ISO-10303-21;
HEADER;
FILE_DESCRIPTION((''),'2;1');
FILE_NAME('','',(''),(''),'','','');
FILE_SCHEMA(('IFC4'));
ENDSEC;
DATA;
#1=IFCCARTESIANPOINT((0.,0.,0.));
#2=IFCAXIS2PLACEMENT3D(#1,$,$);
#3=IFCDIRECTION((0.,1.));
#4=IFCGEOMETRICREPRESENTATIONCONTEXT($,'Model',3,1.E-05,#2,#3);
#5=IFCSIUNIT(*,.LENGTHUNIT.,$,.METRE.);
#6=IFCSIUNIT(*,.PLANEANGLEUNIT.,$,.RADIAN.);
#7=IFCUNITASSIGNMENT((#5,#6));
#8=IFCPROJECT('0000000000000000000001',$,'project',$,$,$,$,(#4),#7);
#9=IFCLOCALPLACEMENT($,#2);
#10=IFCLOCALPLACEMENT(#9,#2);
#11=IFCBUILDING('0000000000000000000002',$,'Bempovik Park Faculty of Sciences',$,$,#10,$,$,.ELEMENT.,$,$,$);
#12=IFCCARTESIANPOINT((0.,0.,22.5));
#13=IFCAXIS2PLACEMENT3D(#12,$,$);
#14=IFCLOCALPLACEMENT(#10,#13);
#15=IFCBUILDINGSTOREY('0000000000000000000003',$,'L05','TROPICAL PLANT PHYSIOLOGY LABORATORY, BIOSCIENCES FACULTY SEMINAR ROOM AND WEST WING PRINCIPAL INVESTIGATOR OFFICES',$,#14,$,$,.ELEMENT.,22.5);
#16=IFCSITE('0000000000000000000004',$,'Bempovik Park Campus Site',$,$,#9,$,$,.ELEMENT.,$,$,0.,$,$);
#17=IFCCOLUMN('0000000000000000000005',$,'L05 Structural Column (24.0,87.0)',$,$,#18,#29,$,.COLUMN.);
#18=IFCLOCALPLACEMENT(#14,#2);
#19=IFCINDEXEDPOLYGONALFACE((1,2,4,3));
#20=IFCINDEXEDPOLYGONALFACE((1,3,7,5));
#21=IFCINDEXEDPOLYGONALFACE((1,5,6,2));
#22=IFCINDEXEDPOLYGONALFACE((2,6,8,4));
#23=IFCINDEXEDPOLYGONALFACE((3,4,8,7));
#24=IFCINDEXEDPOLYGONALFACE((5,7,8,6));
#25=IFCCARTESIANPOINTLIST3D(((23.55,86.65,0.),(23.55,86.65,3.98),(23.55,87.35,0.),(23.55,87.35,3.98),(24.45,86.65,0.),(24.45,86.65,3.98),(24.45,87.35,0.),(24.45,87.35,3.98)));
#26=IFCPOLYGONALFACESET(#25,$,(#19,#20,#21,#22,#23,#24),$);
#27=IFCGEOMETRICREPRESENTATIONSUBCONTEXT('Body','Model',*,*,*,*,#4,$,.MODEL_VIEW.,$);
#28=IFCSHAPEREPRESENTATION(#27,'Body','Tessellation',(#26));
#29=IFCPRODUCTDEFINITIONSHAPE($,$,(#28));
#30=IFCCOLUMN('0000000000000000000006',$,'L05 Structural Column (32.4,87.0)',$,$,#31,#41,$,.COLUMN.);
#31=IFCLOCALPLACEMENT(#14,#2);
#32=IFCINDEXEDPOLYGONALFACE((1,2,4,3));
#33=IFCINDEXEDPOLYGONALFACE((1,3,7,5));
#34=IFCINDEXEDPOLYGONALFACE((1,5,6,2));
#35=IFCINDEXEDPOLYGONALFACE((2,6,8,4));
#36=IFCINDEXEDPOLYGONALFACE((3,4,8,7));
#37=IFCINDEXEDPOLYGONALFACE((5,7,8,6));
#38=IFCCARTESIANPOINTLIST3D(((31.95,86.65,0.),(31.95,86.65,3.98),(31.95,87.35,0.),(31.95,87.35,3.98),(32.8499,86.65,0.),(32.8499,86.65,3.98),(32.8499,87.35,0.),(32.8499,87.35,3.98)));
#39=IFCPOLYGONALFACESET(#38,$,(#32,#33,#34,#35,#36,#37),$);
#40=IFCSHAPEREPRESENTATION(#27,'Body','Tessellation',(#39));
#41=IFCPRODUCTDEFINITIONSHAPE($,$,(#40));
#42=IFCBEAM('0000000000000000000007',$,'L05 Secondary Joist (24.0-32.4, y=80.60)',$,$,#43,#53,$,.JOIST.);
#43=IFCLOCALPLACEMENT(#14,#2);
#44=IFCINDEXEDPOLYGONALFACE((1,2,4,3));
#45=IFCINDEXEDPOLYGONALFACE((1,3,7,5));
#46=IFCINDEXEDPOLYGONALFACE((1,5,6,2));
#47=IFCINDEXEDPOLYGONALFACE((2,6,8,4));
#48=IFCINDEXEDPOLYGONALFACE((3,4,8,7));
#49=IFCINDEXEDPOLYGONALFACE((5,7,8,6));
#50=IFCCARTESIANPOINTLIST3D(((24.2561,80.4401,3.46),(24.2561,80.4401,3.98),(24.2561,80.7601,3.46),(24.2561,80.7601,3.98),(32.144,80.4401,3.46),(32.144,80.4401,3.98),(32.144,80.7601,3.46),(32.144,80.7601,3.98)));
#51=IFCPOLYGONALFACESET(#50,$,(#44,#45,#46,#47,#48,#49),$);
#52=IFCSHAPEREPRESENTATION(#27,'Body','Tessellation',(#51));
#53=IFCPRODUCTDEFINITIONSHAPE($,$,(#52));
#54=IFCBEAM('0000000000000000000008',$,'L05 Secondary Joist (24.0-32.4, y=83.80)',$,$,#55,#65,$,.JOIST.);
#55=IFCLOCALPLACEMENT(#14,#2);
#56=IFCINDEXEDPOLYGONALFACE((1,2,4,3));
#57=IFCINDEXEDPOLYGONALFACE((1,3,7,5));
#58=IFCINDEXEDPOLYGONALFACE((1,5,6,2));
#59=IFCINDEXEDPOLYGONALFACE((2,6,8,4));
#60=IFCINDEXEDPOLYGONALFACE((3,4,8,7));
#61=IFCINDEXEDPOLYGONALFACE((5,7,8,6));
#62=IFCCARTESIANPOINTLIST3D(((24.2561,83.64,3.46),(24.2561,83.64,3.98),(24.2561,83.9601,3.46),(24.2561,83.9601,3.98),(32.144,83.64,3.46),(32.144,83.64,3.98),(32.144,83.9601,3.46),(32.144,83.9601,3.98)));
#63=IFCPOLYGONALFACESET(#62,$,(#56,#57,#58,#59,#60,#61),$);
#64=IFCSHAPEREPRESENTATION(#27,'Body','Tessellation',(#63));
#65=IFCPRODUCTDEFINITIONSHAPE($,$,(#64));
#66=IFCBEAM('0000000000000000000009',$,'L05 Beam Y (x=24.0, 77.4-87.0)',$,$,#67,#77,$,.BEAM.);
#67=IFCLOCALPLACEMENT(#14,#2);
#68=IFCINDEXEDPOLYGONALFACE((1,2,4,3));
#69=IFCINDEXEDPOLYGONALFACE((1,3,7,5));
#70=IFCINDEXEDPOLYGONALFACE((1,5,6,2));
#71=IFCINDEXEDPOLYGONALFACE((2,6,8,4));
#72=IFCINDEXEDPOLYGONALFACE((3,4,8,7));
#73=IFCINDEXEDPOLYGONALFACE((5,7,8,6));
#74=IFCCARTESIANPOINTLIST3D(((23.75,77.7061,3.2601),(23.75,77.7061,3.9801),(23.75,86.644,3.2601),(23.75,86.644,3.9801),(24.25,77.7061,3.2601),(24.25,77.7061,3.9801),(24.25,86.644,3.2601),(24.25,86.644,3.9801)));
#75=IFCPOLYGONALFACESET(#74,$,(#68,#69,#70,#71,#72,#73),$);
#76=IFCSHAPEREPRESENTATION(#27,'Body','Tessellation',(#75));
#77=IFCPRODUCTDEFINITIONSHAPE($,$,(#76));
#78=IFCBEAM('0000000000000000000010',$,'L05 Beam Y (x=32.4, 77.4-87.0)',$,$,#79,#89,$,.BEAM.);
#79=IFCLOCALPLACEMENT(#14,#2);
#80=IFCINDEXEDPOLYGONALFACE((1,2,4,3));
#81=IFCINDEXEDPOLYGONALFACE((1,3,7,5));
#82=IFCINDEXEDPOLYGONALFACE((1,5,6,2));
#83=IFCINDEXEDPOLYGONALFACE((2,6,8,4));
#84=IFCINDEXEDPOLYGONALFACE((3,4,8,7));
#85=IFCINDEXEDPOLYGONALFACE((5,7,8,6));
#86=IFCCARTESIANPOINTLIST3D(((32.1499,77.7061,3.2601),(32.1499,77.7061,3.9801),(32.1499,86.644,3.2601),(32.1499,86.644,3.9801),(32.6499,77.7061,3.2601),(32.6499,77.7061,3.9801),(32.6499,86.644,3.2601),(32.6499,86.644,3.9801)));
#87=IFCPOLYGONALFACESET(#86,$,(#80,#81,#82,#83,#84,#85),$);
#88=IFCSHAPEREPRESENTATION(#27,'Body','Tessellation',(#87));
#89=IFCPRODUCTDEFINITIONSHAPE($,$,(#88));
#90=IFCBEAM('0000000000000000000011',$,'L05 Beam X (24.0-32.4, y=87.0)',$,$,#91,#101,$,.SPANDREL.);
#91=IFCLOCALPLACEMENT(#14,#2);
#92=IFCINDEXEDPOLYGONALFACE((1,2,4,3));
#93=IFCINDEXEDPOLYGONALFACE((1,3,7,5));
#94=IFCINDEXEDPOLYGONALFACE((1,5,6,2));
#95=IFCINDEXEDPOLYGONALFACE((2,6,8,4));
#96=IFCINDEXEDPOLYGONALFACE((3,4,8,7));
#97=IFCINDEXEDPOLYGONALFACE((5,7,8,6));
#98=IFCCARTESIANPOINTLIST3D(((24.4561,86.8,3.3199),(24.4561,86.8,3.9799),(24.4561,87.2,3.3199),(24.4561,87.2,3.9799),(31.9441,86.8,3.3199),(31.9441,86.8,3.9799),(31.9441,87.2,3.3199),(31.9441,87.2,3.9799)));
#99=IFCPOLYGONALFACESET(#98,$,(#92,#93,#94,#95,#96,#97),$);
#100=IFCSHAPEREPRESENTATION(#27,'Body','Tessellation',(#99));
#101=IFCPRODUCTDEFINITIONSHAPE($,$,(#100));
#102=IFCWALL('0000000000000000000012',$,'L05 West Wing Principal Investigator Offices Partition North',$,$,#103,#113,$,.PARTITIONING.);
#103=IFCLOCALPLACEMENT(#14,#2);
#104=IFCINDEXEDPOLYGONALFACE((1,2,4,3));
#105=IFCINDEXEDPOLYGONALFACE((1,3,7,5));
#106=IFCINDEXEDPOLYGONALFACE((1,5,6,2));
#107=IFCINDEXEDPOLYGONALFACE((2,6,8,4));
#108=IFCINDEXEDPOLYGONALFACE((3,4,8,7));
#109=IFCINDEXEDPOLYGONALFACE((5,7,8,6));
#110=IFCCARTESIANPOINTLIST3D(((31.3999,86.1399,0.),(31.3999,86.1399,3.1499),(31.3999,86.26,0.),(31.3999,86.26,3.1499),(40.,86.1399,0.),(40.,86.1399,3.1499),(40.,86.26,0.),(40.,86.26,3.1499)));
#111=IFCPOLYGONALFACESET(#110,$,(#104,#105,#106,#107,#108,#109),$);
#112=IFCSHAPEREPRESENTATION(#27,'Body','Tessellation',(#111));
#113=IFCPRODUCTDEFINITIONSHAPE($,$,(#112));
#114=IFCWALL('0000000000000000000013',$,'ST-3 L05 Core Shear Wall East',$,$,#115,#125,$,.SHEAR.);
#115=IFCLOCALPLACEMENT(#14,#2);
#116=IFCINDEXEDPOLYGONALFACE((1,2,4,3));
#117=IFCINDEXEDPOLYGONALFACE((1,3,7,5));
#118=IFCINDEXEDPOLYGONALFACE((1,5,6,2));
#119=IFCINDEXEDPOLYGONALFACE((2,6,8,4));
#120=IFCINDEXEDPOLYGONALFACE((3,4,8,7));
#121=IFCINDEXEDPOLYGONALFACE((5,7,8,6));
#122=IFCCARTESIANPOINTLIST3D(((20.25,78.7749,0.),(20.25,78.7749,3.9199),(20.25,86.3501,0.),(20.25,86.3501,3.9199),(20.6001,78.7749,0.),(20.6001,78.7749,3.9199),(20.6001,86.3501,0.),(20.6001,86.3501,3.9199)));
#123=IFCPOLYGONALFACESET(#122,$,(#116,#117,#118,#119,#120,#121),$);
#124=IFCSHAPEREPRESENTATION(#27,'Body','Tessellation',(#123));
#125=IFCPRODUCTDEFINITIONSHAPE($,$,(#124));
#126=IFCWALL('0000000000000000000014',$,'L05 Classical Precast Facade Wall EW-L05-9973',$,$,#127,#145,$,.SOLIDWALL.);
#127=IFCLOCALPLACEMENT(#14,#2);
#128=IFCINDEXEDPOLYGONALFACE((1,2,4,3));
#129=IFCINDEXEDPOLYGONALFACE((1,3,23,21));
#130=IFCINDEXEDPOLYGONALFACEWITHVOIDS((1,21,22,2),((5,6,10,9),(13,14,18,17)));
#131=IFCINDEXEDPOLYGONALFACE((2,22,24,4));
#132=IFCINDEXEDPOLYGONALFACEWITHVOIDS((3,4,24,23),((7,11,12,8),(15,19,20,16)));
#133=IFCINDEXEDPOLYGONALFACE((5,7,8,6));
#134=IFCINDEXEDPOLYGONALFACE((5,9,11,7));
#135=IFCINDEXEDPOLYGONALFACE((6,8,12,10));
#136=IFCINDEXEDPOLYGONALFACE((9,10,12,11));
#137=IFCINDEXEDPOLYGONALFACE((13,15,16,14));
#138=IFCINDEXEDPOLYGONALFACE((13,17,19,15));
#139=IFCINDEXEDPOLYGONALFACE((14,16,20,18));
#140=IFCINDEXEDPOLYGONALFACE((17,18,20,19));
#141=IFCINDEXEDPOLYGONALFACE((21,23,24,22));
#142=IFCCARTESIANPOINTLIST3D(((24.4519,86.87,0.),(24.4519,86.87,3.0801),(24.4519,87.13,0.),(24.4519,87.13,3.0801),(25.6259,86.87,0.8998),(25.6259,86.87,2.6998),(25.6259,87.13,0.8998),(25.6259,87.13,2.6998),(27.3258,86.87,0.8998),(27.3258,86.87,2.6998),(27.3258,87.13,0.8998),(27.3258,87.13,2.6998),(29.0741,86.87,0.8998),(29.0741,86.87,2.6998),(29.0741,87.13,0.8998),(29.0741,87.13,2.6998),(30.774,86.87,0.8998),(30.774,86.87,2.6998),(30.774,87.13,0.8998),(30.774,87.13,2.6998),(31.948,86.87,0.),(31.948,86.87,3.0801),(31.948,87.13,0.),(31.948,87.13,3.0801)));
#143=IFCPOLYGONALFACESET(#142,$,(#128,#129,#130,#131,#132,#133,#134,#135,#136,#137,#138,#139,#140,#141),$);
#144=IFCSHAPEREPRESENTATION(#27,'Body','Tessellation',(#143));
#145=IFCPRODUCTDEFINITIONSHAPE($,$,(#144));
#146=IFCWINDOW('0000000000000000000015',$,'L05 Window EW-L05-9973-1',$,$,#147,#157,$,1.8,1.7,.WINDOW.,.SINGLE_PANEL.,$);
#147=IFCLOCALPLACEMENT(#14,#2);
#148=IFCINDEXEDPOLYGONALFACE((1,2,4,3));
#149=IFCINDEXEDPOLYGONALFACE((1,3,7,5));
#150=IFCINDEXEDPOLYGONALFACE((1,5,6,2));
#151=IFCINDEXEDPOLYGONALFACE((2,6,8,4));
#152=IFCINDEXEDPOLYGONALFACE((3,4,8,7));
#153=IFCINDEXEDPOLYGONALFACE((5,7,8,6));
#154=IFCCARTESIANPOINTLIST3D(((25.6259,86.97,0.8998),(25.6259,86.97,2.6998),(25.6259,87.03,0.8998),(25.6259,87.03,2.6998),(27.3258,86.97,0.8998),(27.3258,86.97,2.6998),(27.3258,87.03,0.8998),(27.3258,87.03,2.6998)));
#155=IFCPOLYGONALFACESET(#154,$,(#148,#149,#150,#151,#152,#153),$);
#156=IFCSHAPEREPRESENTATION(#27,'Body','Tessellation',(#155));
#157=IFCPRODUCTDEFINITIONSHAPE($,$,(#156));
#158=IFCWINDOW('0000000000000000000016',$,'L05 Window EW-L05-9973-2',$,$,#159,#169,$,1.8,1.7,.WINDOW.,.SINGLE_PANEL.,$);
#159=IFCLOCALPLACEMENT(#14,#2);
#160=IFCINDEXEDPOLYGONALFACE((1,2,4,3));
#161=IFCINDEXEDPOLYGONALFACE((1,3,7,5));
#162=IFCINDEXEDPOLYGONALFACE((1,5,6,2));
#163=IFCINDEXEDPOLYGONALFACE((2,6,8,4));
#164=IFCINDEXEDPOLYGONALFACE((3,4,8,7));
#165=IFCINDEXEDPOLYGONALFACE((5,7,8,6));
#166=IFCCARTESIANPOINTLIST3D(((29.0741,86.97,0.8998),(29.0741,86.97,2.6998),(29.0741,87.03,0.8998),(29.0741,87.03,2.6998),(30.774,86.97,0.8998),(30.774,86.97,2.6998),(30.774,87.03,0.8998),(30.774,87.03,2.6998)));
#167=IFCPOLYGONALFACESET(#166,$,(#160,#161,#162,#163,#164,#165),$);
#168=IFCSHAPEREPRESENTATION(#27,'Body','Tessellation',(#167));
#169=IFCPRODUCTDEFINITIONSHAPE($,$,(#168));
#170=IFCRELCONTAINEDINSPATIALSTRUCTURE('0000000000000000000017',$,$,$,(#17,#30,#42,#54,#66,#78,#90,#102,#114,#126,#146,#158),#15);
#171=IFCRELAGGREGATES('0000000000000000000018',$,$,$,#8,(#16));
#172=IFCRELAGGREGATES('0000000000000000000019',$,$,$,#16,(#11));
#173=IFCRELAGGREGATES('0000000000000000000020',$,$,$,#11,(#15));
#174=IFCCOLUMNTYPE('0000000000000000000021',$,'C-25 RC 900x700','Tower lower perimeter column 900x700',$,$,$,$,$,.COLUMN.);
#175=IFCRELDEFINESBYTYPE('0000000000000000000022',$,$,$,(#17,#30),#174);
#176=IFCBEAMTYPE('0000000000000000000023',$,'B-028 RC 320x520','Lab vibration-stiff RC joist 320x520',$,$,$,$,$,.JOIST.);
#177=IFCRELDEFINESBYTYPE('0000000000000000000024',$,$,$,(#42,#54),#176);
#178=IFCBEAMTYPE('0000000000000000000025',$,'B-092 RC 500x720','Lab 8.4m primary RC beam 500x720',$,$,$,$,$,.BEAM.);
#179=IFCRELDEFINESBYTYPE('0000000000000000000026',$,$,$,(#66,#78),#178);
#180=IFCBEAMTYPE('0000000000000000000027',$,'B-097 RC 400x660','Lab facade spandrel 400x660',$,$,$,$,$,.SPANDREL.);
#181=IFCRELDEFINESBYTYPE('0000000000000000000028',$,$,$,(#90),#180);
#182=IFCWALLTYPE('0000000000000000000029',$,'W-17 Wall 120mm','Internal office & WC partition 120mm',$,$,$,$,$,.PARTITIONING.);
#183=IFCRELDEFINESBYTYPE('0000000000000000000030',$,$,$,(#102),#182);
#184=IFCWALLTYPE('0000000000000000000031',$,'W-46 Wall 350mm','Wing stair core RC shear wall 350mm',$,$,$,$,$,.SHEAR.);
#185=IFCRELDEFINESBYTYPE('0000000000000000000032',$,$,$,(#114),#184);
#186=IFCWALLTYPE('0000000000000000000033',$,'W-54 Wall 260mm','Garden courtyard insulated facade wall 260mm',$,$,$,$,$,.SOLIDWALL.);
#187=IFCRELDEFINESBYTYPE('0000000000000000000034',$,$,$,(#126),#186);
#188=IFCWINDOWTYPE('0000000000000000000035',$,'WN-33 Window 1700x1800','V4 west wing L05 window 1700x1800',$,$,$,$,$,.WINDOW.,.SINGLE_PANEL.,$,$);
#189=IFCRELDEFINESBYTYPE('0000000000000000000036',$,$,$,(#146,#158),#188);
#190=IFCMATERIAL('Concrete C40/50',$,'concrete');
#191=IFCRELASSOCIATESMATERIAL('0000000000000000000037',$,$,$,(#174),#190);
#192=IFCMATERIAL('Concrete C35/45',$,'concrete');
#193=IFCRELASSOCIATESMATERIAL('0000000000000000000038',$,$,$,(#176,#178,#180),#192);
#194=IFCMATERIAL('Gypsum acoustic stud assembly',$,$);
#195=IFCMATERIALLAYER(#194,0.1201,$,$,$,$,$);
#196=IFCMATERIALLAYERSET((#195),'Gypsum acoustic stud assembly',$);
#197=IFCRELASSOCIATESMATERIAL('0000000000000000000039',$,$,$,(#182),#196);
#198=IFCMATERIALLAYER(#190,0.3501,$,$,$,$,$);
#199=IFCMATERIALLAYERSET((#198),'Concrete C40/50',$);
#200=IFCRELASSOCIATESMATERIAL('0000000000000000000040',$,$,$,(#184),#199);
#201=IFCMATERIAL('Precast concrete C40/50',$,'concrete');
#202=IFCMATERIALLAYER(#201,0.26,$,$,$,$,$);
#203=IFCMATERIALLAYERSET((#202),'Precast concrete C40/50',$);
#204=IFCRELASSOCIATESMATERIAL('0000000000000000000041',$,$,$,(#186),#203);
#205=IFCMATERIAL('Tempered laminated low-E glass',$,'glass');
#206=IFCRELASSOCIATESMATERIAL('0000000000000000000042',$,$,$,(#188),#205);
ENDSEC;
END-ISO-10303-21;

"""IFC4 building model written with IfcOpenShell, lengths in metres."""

from ifc_helpers import new_model, si_unit, direction, frame, frame_2d, origin, origin_2d, place, context, subcontext, project, spatial, rectangle, extrude, material, layer, layer_set, material_profile, profile_set, type_object, element, fill, save


model = new_model("IFC4")

# Units and contexts
model_context = context("Model", 3, precision=1e-05, world=origin(), true_north=direction((0.0, 1.0)))
body_context = subcontext(model_context, "Body", "Model", "MODEL_VIEW")
ifc_project = project(units=[si_unit("LENGTHUNIT", "METRE"), si_unit("PLANEANGLEUNIT", "RADIAN")], contexts=[model_context])

# Site, building, storey
site_placement = place(None, origin())
site = spatial("IfcSite", under=ifc_project, at=site_placement, Name="Bempovik Park Campus Site", CompositionType="ELEMENT", RefElevation=0.0)
building_placement = place(site_placement, origin())
building = spatial("IfcBuilding", under=site, at=building_placement, Name="Bempovik Park Faculty of Sciences", CompositionType="ELEMENT")
storey_placement = place(building_placement, frame((0.0, 0.0, 22.5)))
storey = spatial("IfcBuildingStorey", under=building, at=storey_placement, Name="L05", Description="TROPICAL PLANT PHYSIOLOGY LABORATORY, BIOSCIENCES FACULTY SEMINAR ROOM AND WEST WING PRINCIPAL INVESTIGATOR OFFICES", CompositionType="ELEMENT", Elevation=22.5)

# Columns
ifc_material_1 = material(Name="Concrete C40/50", Category="concrete")
ifc_material_profile_1 = material_profile(ifc_material_1, rectangle(XDim=0.8999, YDim=0.7, at=origin_2d()), Name="RC 900x700")
ifc_profile_set_1 = profile_set([ifc_material_profile_1], Name="Concrete C40/50")
column_type = type_object("IfcColumnType", Name="C-25 RC 900x700", Description="Tower lower perimeter column 900x700", PredefinedType="COLUMN", material=ifc_profile_set_1)
for number, where, z_axis, x_axis, name in (
    (1, (24.0, 87.0, 0.0), (0.0, 0.0, 1.0), (1.0, 0.0, 0.0), "L05 Structural Column (24.0,87.0)"),
    (2, (32.3999, 87.0, 0.0), (0.0, 0.0, 1.0), (1.0, 0.0, 0.0), "L05 Structural Column (32.4,87.0)"),
):
    element("IfcColumn", number, at=place(storey_placement, frame(where, z_axis=z_axis, x_axis=x_axis)), inside=storey, type_object=column_type, Name=name, PredefinedType="COLUMN", context=body_context, shape_type="SweptSolid", body=[
        extrude(rectangle(XDim=0.8999, YDim=0.7, at=origin_2d()), origin(), (0.0, 0.0, 1.0), 3.98),
    ])

# Beams
ifc_material_2 = material(Name="Concrete C35/45", Category="concrete")
ifc_material_profile_2 = material_profile(ifc_material_2, rectangle(XDim=0.3201, YDim=0.52, at=origin_2d()), Name="RC 320x520")
ifc_profile_set_2 = profile_set([ifc_material_profile_2], Name="Concrete C35/45")
beam_type_1 = type_object("IfcBeamType", Name="B-028 RC 320x520", Description="Lab vibration-stiff RC joist 320x520", PredefinedType="JOIST", material=ifc_profile_set_2)
for number, where, z_axis, x_axis, name in (
    (3, (24.2561, 80.6001, 3.72), (1.0, 0.0, 0.0), (0.0, 1.0, 0.0), "L05 Secondary Joist (24.0-32.4, y=80.60)"),
    (4, (24.2561, 83.8, 3.72), (1.0, 0.0, 0.0), (0.0, 1.0, 0.0), "L05 Secondary Joist (24.0-32.4, y=83.80)"),
):
    element("IfcBeam", number, at=place(storey_placement, frame(where, z_axis=z_axis, x_axis=x_axis)), inside=storey, type_object=beam_type_1, Name=name, PredefinedType="JOIST", context=body_context, shape_type="SweptSolid", body=[
        extrude(rectangle(XDim=0.3201, YDim=0.52, at=origin_2d()), origin(), (0.0, 0.0, 1.0), 7.8879),
    ])
ifc_material_profile_3 = material_profile(ifc_material_2, rectangle(XDim=0.5, YDim=0.72, at=origin_2d()), Name="RC 500x720")
ifc_profile_set_3 = profile_set([ifc_material_profile_3], Name="Concrete C35/45")
beam_type_2 = type_object("IfcBeamType", Name="B-092 RC 500x720", Description="Lab 8.4m primary RC beam 500x720", PredefinedType="BEAM", material=ifc_profile_set_3)
for number, where, z_axis, x_axis, name in (
    (5, (24.0, 77.7061, 3.6201), (0.0, 1.0, 0.0), (-1.0, 0.0, 0.0), "L05 Beam Y (x=24.0, 77.4-87.0)"),
    (6, (32.3999, 77.7061, 3.6201), (0.0, 1.0, 0.0), (-1.0, 0.0, 0.0), "L05 Beam Y (x=32.4, 77.4-87.0)"),
):
    element("IfcBeam", number, at=place(storey_placement, frame(where, z_axis=z_axis, x_axis=x_axis)), inside=storey, type_object=beam_type_2, Name=name, PredefinedType="BEAM", context=body_context, shape_type="SweptSolid", body=[
        extrude(rectangle(XDim=0.5, YDim=0.72, at=origin_2d()), origin(), (0.0, 0.0, 1.0), 8.938),
    ])
ifc_material_profile_4 = material_profile(ifc_material_2, rectangle(XDim=0.3999, YDim=0.6599, at=origin_2d()), Name="RC 400x660")
ifc_profile_set_4 = profile_set([ifc_material_profile_4], Name="Concrete C35/45")
beam_type_3 = type_object("IfcBeamType", Name="B-097 RC 400x660", Description="Lab facade spandrel 400x660", PredefinedType="SPANDREL", material=ifc_profile_set_4)
beam_placement = place(storey_placement, frame((24.4561, 87.0, 3.6499), z_axis=(1.0, 0.0, 0.0), x_axis=(0.0, 1.0, 0.0)))
element("IfcBeam", 7, at=beam_placement, inside=storey, type_object=beam_type_3, Name="L05 Beam X (24.0-32.4, y=87.0)", PredefinedType="SPANDREL", context=body_context, shape_type="SweptSolid", body=[
    extrude(rectangle(XDim=0.3999, YDim=0.6599, at=origin_2d()), origin(), (0.0, 0.0, 1.0), 7.488),
])

# Walls
ifc_material_3 = material(Name="Gypsum acoustic stud assembly")
ifc_layer_1 = layer(ifc_material_3, 0.1201)
ifc_layer_set_1 = layer_set([ifc_layer_1], Name="Gypsum acoustic stud assembly")
wall_type_1 = type_object("IfcWallType", Name="W-17 Wall 120mm", Description="Internal office & WC partition 120mm", PredefinedType="PARTITIONING", material=ifc_layer_set_1)
wall_1_placement = place(storey_placement, frame((31.3999, 86.2, 0.0), z_axis=(0.0, 0.0, 1.0), x_axis=(1.0, 0.0, 0.0)))
element("IfcWall", 8, at=wall_1_placement, inside=storey, type_object=wall_type_1, Name="L05 West Wing Principal Investigator Offices Partition North", PredefinedType="PARTITIONING", context=body_context, shape_type="SweptSolid", body=[
    extrude(rectangle(XDim=8.6001, YDim=0.1201, at=frame_2d((4.3, 0.0))), origin(), (0.0, 0.0, 1.0), 3.1499),
])
ifc_layer_2 = layer(ifc_material_1, 0.3501)
ifc_layer_set_2 = layer_set([ifc_layer_2], Name="Concrete C40/50")
wall_type_2 = type_object("IfcWallType", Name="W-46 Wall 350mm", Description="Wing stair core RC shear wall 350mm", PredefinedType="SHEAR", material=ifc_layer_set_2)
wall_2_placement = place(storey_placement, frame((20.425, 78.7749, 0.0), z_axis=(0.0, 0.0, 1.0), x_axis=(0.0, 1.0, 0.0)))
element("IfcWall", 9, at=wall_2_placement, inside=storey, type_object=wall_type_2, Name="ST-3 L05 Core Shear Wall East", PredefinedType="SHEAR", context=body_context, shape_type="SweptSolid", body=[
    extrude(rectangle(XDim=7.5752, YDim=0.3501, at=frame_2d((3.7876, 0.0))), origin(), (0.0, 0.0, 1.0), 3.9199),
])

# Wall, openings, windows
ifc_material_4 = material(Name="Precast concrete C40/50", Category="concrete")
ifc_layer_3 = layer(ifc_material_4, 0.26)
ifc_layer_set_3 = layer_set([ifc_layer_3], Name="Precast concrete C40/50")
wall_type_3 = type_object("IfcWallType", Name="W-54 Wall 260mm", Description="Garden courtyard insulated facade wall 260mm", PredefinedType="SOLIDWALL", material=ifc_layer_set_3)
wall_3_placement = place(storey_placement, frame((24.4519, 87.0, 0.0), z_axis=(0.0, 0.0, 1.0), x_axis=(1.0, 0.0, 0.0)))
wall_3 = element("IfcWall", 10, at=wall_3_placement, inside=storey, type_object=wall_type_3, Name="L05 Classical Precast Facade Wall EW-L05-9973", PredefinedType="SOLIDWALL", context=body_context, shape_type="SweptSolid", body=[
    extrude(rectangle(XDim=7.4961, YDim=0.26, at=frame_2d((3.748, 0.0))), origin(), (0.0, 0.0, 1.0), 3.0801),
])
opening_1_placement = place(wall_3_placement, frame((1.1738, 0.0, 0.8999)))
opening_1 = element("IfcOpeningElement", 11, at=opening_1_placement, cuts=wall_3, PredefinedType="OPENING", context=body_context, shape_type="SweptSolid", body=[
    extrude(rectangle(XDim=1.7, YDim=1.8, at=frame_2d((0.8501, 0.8999))), frame((0.0, 0.1401, 0.0), z_axis=(0.0, -1.0, 0.0), x_axis=(1.0, 0.0, 0.0)), (0.0, 0.0, 1.0), 0.28),
])
opening_2_placement = place(wall_3_placement, frame((4.6221, 0.0, 0.8999)))
opening_2 = element("IfcOpeningElement", 12, at=opening_2_placement, cuts=wall_3, PredefinedType="OPENING", context=body_context, shape_type="SweptSolid", body=[
    extrude(rectangle(XDim=1.7, YDim=1.8, at=frame_2d((0.8501, 0.8999))), frame((0.0, 0.1401, 0.0), z_axis=(0.0, -1.0, 0.0), x_axis=(1.0, 0.0, 0.0)), (0.0, 0.0, 1.0), 0.28),
])
ifc_material_5 = material(Name="Tempered laminated low-E glass", Category="glass")
window_type = type_object("IfcWindowType", Name="WN-33 Window 1700x1800", Description="V4 west wing L05 window 1700x1800", PartitioningType="SINGLE_PANEL", PredefinedType="WINDOW", material=ifc_material_5)
window_1_placement = place(opening_1_placement, origin())
window_1 = element("IfcWindow", 13, at=window_1_placement, inside=storey, type_object=window_type, Name="L05 Window EW-L05-9973-1", OverallHeight=1.8, OverallWidth=1.7, PartitioningType="SINGLE_PANEL", PredefinedType="WINDOW", context=body_context, shape_type="SweptSolid", body=[
    extrude(rectangle(XDim=1.7, YDim=1.8, at=frame_2d((0.8501, 0.8999))), frame((0.0, 0.03, 0.0), z_axis=(0.0, -1.0, 0.0), x_axis=(1.0, 0.0, 0.0)), (0.0, 0.0, 1.0), 0.0601),
])
fill(opening_1, window_1)
window_2_placement = place(opening_2_placement, origin())
window_2 = element("IfcWindow", 14, at=window_2_placement, inside=storey, type_object=window_type, Name="L05 Window EW-L05-9973-2", OverallHeight=1.8, OverallWidth=1.7, PartitioningType="SINGLE_PANEL", PredefinedType="WINDOW", context=body_context, shape_type="SweptSolid", body=[
    extrude(rectangle(XDim=1.7, YDim=1.8, at=frame_2d((0.8501, 0.8999))), frame((0.0, 0.03, 0.0), z_axis=(0.0, -1.0, 0.0), x_axis=(1.0, 0.0, 0.0)), (0.0, 0.0, 1.0), 0.0601),
])
fill(opening_2, window_2)

save(model, "model.ifc")
